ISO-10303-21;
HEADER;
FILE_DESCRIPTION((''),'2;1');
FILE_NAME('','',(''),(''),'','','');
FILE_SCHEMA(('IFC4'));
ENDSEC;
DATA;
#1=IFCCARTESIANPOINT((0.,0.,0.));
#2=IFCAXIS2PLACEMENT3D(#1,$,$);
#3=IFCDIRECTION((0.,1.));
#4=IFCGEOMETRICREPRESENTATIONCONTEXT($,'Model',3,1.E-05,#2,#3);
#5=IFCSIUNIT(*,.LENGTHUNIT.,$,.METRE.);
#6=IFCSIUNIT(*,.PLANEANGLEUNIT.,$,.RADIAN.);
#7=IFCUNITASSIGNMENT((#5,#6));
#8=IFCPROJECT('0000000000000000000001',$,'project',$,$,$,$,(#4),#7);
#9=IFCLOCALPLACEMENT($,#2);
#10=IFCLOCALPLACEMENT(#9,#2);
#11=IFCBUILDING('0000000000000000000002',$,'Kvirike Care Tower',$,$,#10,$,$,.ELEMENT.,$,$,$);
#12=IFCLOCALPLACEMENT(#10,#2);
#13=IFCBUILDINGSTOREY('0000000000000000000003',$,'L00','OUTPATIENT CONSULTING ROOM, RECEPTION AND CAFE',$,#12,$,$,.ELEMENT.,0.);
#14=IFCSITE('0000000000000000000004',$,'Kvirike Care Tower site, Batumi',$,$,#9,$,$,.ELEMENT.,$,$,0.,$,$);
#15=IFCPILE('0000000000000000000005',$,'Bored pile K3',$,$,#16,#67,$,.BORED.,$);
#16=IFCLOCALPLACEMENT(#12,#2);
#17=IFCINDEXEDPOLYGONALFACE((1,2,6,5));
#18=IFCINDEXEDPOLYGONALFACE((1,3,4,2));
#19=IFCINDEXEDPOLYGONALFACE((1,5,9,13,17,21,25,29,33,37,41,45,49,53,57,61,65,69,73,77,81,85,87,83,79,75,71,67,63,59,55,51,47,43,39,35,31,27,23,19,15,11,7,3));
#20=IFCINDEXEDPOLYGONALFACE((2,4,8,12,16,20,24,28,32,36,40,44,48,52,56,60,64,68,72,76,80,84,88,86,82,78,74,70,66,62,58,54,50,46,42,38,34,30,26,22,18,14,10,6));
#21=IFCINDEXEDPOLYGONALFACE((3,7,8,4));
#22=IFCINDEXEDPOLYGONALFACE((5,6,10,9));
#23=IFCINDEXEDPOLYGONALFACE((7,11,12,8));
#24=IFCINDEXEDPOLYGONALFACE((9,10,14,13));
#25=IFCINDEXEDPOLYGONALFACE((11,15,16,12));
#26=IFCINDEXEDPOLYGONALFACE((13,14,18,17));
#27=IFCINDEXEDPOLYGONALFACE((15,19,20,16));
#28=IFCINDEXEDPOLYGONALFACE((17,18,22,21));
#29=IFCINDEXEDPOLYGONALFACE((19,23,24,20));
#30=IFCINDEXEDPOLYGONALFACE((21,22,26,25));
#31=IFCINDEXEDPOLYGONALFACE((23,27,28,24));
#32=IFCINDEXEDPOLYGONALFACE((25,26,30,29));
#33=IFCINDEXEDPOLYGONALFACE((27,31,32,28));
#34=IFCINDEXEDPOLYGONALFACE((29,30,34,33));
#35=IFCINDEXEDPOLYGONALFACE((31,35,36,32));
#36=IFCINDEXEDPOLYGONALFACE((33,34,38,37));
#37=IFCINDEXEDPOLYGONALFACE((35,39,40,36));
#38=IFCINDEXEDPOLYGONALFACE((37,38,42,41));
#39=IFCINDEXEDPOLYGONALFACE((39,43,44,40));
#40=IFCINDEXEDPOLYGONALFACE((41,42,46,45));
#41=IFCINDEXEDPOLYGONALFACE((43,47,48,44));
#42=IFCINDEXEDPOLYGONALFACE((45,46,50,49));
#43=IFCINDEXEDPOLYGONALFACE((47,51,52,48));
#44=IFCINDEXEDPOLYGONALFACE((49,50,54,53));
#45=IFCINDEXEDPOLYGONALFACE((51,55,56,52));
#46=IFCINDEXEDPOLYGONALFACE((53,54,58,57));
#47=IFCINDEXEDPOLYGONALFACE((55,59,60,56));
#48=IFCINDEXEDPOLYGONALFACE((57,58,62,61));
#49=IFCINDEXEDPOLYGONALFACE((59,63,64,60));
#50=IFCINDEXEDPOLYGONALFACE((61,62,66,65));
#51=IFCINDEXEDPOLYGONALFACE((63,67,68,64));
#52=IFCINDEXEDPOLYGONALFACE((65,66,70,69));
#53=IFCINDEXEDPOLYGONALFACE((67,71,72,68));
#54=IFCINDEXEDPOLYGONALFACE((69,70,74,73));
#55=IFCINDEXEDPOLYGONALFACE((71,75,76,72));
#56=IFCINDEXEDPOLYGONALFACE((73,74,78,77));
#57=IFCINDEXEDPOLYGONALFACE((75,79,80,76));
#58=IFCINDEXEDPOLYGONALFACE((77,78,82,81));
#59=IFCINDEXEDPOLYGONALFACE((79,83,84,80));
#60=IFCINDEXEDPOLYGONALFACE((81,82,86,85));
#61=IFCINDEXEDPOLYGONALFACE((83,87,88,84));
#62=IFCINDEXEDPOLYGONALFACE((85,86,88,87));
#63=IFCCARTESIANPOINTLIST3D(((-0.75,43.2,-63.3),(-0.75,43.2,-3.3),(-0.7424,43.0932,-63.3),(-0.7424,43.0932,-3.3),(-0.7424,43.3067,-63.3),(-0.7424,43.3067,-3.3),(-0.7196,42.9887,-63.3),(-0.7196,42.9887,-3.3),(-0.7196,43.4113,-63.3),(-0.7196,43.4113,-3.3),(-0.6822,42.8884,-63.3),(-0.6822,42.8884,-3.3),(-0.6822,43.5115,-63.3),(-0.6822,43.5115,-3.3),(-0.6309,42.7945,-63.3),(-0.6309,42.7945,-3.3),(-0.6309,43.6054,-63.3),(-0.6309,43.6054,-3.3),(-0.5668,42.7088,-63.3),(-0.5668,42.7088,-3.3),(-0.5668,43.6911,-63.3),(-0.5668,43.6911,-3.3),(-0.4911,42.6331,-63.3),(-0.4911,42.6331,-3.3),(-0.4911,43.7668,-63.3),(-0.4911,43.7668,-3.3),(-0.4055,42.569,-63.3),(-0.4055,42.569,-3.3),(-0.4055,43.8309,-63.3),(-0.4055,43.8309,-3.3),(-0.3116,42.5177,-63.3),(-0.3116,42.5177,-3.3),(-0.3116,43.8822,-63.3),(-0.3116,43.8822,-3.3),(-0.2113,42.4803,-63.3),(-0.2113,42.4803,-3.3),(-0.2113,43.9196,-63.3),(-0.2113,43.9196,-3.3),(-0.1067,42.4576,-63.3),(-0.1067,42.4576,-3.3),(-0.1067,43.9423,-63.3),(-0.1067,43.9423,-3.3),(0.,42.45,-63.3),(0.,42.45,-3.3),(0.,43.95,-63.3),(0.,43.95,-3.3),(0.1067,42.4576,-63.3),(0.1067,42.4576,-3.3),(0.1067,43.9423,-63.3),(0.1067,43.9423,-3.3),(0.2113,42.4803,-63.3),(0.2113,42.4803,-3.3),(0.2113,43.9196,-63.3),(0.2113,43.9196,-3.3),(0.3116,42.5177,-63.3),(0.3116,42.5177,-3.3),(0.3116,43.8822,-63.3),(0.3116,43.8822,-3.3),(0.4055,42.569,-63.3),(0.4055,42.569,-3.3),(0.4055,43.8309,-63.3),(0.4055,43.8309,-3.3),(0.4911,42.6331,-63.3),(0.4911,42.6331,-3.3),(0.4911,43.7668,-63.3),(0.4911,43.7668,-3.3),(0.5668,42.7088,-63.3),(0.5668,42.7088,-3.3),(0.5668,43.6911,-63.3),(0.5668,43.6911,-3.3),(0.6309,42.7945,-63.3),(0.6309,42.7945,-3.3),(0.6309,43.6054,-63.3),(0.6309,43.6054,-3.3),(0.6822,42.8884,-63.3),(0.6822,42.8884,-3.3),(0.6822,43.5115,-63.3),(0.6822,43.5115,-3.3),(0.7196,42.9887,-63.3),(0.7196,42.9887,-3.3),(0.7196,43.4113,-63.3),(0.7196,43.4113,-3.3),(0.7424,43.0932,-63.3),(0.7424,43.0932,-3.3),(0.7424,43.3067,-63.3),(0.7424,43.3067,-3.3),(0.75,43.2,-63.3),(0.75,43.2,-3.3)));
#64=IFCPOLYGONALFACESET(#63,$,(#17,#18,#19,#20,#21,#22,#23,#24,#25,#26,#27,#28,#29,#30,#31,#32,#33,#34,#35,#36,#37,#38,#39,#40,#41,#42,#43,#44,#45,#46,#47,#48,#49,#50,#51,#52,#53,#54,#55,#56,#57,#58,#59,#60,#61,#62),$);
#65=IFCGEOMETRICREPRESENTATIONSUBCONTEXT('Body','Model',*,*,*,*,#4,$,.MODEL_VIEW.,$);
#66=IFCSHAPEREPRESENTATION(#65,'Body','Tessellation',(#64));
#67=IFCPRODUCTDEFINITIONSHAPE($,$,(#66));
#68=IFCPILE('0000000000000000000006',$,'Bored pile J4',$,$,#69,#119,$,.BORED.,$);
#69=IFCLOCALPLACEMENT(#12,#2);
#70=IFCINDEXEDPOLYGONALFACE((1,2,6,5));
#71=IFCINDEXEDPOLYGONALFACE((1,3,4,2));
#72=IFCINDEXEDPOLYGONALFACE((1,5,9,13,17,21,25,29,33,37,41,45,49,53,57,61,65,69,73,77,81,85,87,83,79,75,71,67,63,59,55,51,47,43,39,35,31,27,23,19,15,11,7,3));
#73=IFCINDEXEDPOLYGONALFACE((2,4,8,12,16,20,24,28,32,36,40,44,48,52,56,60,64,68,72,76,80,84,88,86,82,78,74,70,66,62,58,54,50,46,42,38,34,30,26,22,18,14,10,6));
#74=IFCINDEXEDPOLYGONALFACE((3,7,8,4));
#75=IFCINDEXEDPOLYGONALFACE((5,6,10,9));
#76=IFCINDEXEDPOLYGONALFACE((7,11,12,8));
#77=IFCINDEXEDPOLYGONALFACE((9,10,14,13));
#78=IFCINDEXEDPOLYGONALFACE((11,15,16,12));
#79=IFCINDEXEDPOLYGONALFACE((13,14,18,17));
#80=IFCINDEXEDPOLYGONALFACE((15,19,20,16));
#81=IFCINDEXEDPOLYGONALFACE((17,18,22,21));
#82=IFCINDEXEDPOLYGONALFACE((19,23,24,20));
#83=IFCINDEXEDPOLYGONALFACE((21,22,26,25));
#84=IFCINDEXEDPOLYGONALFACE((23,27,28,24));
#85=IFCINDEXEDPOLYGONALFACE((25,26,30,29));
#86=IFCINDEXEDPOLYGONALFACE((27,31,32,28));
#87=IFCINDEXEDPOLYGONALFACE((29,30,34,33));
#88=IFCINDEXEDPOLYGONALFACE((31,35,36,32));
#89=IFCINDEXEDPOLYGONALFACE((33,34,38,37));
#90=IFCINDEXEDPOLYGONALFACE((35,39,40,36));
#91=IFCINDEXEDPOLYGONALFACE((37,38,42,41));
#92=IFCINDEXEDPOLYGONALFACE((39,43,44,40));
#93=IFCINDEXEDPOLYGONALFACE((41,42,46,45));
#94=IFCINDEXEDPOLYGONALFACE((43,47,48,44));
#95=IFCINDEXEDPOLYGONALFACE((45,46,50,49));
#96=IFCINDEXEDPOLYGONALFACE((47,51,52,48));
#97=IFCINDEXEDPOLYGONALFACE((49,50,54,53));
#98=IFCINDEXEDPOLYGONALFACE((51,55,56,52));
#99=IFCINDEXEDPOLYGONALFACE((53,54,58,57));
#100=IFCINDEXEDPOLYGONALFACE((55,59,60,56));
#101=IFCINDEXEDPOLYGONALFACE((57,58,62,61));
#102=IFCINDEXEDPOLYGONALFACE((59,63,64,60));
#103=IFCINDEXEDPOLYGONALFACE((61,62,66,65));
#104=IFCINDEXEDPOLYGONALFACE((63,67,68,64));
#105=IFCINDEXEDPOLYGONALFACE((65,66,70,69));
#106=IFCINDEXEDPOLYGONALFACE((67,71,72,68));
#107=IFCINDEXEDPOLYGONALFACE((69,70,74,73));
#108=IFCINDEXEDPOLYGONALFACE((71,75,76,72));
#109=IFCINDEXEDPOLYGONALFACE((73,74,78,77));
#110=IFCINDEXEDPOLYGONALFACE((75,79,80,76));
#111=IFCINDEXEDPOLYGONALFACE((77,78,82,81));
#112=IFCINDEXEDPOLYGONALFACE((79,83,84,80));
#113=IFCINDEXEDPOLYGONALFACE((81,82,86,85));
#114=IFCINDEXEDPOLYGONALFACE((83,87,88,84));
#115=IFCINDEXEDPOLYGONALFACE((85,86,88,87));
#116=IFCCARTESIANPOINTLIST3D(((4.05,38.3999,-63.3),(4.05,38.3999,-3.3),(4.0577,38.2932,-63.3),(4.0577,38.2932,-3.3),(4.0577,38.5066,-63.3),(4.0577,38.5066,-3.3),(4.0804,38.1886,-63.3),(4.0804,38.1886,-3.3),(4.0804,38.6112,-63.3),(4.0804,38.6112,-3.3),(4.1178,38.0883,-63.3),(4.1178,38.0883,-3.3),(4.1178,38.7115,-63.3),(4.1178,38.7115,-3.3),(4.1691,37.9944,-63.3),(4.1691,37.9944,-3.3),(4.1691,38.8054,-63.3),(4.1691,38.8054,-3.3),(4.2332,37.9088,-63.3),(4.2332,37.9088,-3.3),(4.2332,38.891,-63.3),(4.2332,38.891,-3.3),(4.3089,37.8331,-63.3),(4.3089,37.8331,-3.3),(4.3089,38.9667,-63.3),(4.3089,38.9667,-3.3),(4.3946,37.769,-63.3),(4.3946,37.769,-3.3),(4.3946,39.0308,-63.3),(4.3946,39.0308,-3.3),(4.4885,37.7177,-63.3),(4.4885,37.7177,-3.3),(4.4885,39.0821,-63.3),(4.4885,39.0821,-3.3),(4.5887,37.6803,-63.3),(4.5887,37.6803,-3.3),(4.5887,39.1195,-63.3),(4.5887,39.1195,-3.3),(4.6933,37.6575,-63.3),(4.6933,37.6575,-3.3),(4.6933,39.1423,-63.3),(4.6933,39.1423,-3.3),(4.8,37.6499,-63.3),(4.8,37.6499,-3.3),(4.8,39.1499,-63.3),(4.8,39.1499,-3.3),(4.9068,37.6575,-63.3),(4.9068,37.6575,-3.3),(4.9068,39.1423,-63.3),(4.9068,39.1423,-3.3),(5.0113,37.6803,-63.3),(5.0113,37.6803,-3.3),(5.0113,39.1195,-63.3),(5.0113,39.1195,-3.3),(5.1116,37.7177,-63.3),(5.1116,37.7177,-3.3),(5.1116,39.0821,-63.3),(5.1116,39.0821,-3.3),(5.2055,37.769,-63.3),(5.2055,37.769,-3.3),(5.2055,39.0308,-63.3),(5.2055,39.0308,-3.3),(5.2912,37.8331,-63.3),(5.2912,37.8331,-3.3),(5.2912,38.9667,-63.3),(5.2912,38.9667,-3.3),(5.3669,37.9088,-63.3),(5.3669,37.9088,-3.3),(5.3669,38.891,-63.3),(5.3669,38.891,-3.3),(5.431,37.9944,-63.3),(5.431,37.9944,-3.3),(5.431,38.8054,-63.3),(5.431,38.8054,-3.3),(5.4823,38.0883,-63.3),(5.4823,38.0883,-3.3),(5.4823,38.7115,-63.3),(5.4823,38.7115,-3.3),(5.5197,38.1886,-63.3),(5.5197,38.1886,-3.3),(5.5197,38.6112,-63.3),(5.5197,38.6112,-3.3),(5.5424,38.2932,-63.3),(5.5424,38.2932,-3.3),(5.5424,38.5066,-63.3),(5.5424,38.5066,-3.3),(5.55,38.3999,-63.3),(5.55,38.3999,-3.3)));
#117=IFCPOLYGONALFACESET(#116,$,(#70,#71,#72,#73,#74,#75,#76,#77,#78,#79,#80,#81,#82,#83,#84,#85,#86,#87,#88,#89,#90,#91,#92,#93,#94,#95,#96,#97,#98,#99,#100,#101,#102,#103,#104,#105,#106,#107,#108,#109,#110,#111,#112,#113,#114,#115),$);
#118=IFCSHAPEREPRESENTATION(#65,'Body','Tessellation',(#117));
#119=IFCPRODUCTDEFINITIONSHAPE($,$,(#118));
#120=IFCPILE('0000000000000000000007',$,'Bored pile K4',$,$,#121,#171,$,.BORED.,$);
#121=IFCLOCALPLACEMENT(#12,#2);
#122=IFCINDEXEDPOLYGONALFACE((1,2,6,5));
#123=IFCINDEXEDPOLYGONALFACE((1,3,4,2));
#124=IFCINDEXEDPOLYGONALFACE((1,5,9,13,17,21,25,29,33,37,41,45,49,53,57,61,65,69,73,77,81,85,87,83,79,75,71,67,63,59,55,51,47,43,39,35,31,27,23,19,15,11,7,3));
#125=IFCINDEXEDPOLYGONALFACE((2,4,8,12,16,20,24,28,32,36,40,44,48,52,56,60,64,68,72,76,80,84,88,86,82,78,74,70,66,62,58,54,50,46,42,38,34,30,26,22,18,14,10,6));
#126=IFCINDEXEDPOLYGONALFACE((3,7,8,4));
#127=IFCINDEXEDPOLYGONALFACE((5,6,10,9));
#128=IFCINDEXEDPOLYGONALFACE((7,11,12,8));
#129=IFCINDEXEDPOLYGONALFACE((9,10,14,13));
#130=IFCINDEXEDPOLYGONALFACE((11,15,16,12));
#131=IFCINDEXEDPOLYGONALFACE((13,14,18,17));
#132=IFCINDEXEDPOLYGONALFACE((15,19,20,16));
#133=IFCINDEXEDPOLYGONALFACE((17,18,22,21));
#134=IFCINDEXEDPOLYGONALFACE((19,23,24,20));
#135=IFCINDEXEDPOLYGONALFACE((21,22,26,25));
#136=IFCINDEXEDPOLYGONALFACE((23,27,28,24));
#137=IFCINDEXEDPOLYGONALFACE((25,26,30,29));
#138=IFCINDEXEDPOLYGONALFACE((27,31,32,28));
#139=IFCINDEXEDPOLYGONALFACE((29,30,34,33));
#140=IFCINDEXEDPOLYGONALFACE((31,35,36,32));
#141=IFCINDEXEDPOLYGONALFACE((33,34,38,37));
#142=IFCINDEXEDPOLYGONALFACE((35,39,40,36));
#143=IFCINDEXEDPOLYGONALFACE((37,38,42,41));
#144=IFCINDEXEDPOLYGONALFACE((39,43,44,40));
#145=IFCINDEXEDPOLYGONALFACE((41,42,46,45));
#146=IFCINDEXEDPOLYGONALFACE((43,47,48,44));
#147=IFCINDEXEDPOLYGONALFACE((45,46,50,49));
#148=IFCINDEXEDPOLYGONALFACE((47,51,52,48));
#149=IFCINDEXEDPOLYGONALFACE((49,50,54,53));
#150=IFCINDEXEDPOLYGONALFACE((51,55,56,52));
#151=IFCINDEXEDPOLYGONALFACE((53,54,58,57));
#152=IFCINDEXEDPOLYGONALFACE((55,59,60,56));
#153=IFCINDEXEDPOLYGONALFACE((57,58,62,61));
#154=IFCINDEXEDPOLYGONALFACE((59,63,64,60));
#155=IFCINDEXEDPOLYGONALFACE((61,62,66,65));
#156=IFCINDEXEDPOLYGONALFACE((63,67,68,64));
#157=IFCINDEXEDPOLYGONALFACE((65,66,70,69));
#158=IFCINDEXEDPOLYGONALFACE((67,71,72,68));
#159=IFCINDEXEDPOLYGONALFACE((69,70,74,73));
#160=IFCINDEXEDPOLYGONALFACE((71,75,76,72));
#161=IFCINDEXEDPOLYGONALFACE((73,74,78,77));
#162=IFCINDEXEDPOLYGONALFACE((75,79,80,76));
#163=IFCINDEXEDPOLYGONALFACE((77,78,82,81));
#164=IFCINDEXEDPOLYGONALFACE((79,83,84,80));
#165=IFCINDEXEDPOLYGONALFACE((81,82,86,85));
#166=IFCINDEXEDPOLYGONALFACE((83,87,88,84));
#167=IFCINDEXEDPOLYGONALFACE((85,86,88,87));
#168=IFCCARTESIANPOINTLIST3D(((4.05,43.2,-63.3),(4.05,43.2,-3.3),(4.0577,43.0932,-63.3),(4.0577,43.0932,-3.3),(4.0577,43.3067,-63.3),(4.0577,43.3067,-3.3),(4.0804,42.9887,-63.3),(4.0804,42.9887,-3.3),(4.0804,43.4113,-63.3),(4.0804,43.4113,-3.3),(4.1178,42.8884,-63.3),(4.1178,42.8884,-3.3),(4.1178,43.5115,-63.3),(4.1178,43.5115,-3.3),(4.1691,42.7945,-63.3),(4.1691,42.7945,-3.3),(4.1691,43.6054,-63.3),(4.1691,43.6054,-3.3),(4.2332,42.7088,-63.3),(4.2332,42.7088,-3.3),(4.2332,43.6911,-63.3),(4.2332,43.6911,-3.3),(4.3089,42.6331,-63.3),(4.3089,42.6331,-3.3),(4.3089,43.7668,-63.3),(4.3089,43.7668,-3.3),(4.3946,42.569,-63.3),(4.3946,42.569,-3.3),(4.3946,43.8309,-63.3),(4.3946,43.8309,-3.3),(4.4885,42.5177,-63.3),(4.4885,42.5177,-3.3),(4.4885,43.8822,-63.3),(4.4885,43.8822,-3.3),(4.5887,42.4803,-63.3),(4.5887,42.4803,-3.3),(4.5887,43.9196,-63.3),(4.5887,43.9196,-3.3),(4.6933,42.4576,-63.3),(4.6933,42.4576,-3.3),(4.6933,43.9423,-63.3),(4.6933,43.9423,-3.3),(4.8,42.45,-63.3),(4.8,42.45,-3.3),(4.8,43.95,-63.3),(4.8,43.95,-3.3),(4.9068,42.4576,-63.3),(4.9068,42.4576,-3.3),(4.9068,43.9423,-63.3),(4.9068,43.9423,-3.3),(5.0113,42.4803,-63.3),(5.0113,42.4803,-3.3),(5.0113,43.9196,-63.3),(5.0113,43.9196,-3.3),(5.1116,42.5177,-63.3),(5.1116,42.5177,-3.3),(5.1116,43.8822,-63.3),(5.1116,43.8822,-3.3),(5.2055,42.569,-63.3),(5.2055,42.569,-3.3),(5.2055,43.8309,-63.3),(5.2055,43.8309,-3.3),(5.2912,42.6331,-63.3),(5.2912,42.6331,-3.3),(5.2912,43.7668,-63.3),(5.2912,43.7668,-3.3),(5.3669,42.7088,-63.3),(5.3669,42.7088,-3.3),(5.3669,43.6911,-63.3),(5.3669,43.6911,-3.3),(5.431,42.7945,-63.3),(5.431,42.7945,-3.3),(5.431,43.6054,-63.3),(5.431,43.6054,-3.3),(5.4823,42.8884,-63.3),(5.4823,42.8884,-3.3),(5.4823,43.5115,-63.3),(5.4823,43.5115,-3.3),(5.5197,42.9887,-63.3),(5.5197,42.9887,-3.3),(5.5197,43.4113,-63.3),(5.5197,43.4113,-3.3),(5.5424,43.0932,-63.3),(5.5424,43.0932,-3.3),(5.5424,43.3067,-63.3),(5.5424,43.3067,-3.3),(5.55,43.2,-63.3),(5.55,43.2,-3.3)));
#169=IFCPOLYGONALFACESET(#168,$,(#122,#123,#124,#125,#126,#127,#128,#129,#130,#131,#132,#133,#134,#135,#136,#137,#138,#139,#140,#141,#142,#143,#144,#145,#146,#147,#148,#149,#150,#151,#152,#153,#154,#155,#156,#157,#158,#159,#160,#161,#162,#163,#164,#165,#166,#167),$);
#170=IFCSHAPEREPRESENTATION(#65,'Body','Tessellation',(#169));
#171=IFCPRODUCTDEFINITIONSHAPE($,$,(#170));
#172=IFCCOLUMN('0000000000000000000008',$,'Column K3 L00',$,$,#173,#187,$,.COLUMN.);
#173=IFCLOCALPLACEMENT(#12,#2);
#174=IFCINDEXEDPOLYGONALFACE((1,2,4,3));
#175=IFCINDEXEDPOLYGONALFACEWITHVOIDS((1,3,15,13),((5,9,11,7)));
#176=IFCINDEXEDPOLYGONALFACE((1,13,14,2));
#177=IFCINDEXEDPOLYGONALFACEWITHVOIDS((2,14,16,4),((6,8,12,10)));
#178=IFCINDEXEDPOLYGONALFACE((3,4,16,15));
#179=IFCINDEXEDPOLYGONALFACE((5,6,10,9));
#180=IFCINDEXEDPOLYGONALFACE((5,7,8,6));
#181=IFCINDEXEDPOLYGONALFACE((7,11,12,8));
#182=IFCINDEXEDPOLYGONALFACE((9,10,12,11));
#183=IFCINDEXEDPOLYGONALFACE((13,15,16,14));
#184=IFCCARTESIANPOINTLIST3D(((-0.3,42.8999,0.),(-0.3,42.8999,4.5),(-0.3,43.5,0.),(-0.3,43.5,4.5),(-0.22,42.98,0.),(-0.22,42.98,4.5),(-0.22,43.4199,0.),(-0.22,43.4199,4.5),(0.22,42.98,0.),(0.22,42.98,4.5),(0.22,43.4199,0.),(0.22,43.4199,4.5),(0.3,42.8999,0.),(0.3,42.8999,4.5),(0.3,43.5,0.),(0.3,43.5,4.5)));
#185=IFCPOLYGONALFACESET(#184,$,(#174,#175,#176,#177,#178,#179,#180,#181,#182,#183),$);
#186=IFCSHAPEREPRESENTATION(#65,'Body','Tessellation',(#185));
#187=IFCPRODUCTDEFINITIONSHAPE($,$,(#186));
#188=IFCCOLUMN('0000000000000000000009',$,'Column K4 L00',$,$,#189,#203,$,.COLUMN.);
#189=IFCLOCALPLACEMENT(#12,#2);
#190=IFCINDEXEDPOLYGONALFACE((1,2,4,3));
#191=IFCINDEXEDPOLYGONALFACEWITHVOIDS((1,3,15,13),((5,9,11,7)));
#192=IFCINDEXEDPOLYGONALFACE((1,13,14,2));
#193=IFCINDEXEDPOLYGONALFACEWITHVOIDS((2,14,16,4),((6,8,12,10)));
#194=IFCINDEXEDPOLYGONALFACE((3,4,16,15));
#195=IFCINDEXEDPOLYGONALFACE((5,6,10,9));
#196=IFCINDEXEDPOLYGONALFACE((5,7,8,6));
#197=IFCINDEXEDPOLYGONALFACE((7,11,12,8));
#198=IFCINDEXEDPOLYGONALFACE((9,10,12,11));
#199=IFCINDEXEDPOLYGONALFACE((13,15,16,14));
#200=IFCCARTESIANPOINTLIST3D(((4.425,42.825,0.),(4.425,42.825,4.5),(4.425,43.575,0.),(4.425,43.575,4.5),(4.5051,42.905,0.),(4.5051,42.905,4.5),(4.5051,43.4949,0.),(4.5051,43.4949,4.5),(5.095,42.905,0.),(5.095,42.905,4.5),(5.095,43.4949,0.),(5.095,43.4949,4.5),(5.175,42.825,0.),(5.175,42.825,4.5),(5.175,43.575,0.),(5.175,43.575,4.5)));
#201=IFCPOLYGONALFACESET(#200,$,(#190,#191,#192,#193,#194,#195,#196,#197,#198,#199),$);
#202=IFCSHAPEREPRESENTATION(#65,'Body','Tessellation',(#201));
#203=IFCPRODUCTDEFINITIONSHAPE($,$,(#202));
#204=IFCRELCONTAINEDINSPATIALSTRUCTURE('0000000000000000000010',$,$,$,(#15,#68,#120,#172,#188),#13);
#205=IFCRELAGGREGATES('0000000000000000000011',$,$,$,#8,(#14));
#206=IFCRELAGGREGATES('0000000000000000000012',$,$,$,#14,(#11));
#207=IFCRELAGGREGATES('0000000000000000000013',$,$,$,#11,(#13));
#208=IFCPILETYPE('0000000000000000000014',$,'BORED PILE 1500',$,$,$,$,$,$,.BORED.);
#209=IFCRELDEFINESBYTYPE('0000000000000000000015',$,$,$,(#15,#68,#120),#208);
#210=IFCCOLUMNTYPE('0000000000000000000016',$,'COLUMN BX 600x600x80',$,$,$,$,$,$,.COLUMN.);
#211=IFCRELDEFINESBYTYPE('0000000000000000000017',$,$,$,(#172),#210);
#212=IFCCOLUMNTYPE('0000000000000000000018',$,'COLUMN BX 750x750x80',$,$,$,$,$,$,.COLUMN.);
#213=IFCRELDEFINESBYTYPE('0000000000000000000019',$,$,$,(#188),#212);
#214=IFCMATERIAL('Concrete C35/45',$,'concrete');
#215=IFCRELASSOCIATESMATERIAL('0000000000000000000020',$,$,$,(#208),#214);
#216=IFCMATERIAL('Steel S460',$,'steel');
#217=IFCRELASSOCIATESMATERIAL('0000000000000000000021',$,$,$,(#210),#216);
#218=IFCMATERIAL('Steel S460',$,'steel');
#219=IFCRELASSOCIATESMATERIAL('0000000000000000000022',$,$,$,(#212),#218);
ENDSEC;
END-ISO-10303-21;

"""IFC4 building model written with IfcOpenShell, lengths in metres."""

from ifc_helpers import new_model, si_unit, direction, frame, origin, origin_2d, place, context, subcontext, project, spatial, hollow_rectangle, circle, extrude, material, material_profile, profile_set, type_object, element, save


model = new_model("IFC4")

# Units and contexts
model_context = context("Model", 3, precision=1e-05, world=origin(), true_north=direction((0.0, 1.0)))
body_context = subcontext(model_context, "Body", "Model", "MODEL_VIEW")
ifc_project = project(units=[si_unit("LENGTHUNIT", "METRE"), si_unit("PLANEANGLEUNIT", "RADIAN")], contexts=[model_context])

# Site, building, storey
site_placement = place(None, origin())
site = spatial("IfcSite", under=ifc_project, at=site_placement, Name="Kvirike Care Tower site, Batumi", CompositionType="ELEMENT", RefElevation=0.0)
building_placement = place(site_placement, origin())
building = spatial("IfcBuilding", under=site, at=building_placement, Name="Kvirike Care Tower", CompositionType="ELEMENT")
storey_placement = place(building_placement, origin())
storey = spatial("IfcBuildingStorey", under=building, at=storey_placement, Name="L00", Description="OUTPATIENT CONSULTING ROOM, RECEPTION AND CAFE", CompositionType="ELEMENT", Elevation=0.0)

# Piles
ifc_material_1 = material(Name="Concrete C35/45", Category="concrete")
ifc_material_profile_1 = material_profile(ifc_material_1, circle(Radius=0.75, at=origin_2d()), Name="BORED PILE 1500")
ifc_profile_set_1 = profile_set([ifc_material_profile_1], Name="Concrete C35/45")
pile_type = type_object("IfcPileType", Name="BORED PILE 1500", PredefinedType="BORED", material=ifc_profile_set_1)
for number, where, z_axis, x_axis, name in (
    (1, (0.0, 43.2, -3.3), (0.0, 0.0, -1.0), (1.0, 0.0, 0.0), "Bored pile K3"),
    (2, (4.8, 38.3999, -3.3), (0.0, 0.0, -1.0), (1.0, 0.0, 0.0), "Bored pile J4"),
    (3, (4.8, 43.2, -3.3), (0.0, 0.0, -1.0), (1.0, 0.0, 0.0), "Bored pile K4"),
):
    element("IfcPile", number, at=place(storey_placement, frame(where, z_axis=z_axis, x_axis=x_axis)), inside=storey, type_object=pile_type, Name=name, PredefinedType="BORED", context=body_context, shape_type="SweptSolid", body=[
        extrude(circle(Radius=0.75, at=origin_2d()), origin(), (0.0, 0.0, 1.0), 60.0),
    ])

# Columns
ifc_material_2 = material(Name="Steel S460", Category="steel")
ifc_material_profile_2 = material_profile(ifc_material_2, hollow_rectangle(XDim=0.6001, YDim=0.6001, WallThickness=0.0801, at=origin_2d()), Name="BX 600x600x80")
ifc_profile_set_2 = profile_set([ifc_material_profile_2], Name="Steel S460")
column_type_1 = type_object("IfcColumnType", Name="COLUMN BX 600x600x80", PredefinedType="COLUMN", material=ifc_profile_set_2)
column_1_placement = place(storey_placement, frame((0.0, 43.2, 0.0), z_axis=(0.0, 0.0, 1.0), x_axis=(0.0, 1.0, 0.0)))
element("IfcColumn", 4, at=column_1_placement, inside=storey, type_object=column_type_1, Name="Column K3 L00", PredefinedType="COLUMN", context=body_context, shape_type="SweptSolid", body=[
    extrude(hollow_rectangle(XDim=0.6001, YDim=0.6001, WallThickness=0.0801, at=origin_2d()), origin(), (0.0, 0.0, 1.0), 4.5),
])
ifc_material_3 = material(Name="Steel S460", Category="steel")
ifc_material_profile_3 = material_profile(ifc_material_3, hollow_rectangle(XDim=0.75, YDim=0.75, WallThickness=0.0801, at=origin_2d()), Name="BX 750x750x80")
ifc_profile_set_3 = profile_set([ifc_material_profile_3], Name="Steel S460")
column_type_2 = type_object("IfcColumnType", Name="COLUMN BX 750x750x80", PredefinedType="COLUMN", material=ifc_profile_set_3)
column_2_placement = place(storey_placement, frame((4.8, 43.2, 0.0), z_axis=(0.0, 0.0, 1.0), x_axis=(0.0, 1.0, 0.0)))
element("IfcColumn", 5, at=column_2_placement, inside=storey, type_object=column_type_2, Name="Column K4 L00", PredefinedType="COLUMN", context=body_context, shape_type="SweptSolid", body=[
    extrude(hollow_rectangle(XDim=0.75, YDim=0.75, WallThickness=0.0801, at=origin_2d()), origin(), (0.0, 0.0, 1.0), 4.5),
])

save(model, "model.ifc")
